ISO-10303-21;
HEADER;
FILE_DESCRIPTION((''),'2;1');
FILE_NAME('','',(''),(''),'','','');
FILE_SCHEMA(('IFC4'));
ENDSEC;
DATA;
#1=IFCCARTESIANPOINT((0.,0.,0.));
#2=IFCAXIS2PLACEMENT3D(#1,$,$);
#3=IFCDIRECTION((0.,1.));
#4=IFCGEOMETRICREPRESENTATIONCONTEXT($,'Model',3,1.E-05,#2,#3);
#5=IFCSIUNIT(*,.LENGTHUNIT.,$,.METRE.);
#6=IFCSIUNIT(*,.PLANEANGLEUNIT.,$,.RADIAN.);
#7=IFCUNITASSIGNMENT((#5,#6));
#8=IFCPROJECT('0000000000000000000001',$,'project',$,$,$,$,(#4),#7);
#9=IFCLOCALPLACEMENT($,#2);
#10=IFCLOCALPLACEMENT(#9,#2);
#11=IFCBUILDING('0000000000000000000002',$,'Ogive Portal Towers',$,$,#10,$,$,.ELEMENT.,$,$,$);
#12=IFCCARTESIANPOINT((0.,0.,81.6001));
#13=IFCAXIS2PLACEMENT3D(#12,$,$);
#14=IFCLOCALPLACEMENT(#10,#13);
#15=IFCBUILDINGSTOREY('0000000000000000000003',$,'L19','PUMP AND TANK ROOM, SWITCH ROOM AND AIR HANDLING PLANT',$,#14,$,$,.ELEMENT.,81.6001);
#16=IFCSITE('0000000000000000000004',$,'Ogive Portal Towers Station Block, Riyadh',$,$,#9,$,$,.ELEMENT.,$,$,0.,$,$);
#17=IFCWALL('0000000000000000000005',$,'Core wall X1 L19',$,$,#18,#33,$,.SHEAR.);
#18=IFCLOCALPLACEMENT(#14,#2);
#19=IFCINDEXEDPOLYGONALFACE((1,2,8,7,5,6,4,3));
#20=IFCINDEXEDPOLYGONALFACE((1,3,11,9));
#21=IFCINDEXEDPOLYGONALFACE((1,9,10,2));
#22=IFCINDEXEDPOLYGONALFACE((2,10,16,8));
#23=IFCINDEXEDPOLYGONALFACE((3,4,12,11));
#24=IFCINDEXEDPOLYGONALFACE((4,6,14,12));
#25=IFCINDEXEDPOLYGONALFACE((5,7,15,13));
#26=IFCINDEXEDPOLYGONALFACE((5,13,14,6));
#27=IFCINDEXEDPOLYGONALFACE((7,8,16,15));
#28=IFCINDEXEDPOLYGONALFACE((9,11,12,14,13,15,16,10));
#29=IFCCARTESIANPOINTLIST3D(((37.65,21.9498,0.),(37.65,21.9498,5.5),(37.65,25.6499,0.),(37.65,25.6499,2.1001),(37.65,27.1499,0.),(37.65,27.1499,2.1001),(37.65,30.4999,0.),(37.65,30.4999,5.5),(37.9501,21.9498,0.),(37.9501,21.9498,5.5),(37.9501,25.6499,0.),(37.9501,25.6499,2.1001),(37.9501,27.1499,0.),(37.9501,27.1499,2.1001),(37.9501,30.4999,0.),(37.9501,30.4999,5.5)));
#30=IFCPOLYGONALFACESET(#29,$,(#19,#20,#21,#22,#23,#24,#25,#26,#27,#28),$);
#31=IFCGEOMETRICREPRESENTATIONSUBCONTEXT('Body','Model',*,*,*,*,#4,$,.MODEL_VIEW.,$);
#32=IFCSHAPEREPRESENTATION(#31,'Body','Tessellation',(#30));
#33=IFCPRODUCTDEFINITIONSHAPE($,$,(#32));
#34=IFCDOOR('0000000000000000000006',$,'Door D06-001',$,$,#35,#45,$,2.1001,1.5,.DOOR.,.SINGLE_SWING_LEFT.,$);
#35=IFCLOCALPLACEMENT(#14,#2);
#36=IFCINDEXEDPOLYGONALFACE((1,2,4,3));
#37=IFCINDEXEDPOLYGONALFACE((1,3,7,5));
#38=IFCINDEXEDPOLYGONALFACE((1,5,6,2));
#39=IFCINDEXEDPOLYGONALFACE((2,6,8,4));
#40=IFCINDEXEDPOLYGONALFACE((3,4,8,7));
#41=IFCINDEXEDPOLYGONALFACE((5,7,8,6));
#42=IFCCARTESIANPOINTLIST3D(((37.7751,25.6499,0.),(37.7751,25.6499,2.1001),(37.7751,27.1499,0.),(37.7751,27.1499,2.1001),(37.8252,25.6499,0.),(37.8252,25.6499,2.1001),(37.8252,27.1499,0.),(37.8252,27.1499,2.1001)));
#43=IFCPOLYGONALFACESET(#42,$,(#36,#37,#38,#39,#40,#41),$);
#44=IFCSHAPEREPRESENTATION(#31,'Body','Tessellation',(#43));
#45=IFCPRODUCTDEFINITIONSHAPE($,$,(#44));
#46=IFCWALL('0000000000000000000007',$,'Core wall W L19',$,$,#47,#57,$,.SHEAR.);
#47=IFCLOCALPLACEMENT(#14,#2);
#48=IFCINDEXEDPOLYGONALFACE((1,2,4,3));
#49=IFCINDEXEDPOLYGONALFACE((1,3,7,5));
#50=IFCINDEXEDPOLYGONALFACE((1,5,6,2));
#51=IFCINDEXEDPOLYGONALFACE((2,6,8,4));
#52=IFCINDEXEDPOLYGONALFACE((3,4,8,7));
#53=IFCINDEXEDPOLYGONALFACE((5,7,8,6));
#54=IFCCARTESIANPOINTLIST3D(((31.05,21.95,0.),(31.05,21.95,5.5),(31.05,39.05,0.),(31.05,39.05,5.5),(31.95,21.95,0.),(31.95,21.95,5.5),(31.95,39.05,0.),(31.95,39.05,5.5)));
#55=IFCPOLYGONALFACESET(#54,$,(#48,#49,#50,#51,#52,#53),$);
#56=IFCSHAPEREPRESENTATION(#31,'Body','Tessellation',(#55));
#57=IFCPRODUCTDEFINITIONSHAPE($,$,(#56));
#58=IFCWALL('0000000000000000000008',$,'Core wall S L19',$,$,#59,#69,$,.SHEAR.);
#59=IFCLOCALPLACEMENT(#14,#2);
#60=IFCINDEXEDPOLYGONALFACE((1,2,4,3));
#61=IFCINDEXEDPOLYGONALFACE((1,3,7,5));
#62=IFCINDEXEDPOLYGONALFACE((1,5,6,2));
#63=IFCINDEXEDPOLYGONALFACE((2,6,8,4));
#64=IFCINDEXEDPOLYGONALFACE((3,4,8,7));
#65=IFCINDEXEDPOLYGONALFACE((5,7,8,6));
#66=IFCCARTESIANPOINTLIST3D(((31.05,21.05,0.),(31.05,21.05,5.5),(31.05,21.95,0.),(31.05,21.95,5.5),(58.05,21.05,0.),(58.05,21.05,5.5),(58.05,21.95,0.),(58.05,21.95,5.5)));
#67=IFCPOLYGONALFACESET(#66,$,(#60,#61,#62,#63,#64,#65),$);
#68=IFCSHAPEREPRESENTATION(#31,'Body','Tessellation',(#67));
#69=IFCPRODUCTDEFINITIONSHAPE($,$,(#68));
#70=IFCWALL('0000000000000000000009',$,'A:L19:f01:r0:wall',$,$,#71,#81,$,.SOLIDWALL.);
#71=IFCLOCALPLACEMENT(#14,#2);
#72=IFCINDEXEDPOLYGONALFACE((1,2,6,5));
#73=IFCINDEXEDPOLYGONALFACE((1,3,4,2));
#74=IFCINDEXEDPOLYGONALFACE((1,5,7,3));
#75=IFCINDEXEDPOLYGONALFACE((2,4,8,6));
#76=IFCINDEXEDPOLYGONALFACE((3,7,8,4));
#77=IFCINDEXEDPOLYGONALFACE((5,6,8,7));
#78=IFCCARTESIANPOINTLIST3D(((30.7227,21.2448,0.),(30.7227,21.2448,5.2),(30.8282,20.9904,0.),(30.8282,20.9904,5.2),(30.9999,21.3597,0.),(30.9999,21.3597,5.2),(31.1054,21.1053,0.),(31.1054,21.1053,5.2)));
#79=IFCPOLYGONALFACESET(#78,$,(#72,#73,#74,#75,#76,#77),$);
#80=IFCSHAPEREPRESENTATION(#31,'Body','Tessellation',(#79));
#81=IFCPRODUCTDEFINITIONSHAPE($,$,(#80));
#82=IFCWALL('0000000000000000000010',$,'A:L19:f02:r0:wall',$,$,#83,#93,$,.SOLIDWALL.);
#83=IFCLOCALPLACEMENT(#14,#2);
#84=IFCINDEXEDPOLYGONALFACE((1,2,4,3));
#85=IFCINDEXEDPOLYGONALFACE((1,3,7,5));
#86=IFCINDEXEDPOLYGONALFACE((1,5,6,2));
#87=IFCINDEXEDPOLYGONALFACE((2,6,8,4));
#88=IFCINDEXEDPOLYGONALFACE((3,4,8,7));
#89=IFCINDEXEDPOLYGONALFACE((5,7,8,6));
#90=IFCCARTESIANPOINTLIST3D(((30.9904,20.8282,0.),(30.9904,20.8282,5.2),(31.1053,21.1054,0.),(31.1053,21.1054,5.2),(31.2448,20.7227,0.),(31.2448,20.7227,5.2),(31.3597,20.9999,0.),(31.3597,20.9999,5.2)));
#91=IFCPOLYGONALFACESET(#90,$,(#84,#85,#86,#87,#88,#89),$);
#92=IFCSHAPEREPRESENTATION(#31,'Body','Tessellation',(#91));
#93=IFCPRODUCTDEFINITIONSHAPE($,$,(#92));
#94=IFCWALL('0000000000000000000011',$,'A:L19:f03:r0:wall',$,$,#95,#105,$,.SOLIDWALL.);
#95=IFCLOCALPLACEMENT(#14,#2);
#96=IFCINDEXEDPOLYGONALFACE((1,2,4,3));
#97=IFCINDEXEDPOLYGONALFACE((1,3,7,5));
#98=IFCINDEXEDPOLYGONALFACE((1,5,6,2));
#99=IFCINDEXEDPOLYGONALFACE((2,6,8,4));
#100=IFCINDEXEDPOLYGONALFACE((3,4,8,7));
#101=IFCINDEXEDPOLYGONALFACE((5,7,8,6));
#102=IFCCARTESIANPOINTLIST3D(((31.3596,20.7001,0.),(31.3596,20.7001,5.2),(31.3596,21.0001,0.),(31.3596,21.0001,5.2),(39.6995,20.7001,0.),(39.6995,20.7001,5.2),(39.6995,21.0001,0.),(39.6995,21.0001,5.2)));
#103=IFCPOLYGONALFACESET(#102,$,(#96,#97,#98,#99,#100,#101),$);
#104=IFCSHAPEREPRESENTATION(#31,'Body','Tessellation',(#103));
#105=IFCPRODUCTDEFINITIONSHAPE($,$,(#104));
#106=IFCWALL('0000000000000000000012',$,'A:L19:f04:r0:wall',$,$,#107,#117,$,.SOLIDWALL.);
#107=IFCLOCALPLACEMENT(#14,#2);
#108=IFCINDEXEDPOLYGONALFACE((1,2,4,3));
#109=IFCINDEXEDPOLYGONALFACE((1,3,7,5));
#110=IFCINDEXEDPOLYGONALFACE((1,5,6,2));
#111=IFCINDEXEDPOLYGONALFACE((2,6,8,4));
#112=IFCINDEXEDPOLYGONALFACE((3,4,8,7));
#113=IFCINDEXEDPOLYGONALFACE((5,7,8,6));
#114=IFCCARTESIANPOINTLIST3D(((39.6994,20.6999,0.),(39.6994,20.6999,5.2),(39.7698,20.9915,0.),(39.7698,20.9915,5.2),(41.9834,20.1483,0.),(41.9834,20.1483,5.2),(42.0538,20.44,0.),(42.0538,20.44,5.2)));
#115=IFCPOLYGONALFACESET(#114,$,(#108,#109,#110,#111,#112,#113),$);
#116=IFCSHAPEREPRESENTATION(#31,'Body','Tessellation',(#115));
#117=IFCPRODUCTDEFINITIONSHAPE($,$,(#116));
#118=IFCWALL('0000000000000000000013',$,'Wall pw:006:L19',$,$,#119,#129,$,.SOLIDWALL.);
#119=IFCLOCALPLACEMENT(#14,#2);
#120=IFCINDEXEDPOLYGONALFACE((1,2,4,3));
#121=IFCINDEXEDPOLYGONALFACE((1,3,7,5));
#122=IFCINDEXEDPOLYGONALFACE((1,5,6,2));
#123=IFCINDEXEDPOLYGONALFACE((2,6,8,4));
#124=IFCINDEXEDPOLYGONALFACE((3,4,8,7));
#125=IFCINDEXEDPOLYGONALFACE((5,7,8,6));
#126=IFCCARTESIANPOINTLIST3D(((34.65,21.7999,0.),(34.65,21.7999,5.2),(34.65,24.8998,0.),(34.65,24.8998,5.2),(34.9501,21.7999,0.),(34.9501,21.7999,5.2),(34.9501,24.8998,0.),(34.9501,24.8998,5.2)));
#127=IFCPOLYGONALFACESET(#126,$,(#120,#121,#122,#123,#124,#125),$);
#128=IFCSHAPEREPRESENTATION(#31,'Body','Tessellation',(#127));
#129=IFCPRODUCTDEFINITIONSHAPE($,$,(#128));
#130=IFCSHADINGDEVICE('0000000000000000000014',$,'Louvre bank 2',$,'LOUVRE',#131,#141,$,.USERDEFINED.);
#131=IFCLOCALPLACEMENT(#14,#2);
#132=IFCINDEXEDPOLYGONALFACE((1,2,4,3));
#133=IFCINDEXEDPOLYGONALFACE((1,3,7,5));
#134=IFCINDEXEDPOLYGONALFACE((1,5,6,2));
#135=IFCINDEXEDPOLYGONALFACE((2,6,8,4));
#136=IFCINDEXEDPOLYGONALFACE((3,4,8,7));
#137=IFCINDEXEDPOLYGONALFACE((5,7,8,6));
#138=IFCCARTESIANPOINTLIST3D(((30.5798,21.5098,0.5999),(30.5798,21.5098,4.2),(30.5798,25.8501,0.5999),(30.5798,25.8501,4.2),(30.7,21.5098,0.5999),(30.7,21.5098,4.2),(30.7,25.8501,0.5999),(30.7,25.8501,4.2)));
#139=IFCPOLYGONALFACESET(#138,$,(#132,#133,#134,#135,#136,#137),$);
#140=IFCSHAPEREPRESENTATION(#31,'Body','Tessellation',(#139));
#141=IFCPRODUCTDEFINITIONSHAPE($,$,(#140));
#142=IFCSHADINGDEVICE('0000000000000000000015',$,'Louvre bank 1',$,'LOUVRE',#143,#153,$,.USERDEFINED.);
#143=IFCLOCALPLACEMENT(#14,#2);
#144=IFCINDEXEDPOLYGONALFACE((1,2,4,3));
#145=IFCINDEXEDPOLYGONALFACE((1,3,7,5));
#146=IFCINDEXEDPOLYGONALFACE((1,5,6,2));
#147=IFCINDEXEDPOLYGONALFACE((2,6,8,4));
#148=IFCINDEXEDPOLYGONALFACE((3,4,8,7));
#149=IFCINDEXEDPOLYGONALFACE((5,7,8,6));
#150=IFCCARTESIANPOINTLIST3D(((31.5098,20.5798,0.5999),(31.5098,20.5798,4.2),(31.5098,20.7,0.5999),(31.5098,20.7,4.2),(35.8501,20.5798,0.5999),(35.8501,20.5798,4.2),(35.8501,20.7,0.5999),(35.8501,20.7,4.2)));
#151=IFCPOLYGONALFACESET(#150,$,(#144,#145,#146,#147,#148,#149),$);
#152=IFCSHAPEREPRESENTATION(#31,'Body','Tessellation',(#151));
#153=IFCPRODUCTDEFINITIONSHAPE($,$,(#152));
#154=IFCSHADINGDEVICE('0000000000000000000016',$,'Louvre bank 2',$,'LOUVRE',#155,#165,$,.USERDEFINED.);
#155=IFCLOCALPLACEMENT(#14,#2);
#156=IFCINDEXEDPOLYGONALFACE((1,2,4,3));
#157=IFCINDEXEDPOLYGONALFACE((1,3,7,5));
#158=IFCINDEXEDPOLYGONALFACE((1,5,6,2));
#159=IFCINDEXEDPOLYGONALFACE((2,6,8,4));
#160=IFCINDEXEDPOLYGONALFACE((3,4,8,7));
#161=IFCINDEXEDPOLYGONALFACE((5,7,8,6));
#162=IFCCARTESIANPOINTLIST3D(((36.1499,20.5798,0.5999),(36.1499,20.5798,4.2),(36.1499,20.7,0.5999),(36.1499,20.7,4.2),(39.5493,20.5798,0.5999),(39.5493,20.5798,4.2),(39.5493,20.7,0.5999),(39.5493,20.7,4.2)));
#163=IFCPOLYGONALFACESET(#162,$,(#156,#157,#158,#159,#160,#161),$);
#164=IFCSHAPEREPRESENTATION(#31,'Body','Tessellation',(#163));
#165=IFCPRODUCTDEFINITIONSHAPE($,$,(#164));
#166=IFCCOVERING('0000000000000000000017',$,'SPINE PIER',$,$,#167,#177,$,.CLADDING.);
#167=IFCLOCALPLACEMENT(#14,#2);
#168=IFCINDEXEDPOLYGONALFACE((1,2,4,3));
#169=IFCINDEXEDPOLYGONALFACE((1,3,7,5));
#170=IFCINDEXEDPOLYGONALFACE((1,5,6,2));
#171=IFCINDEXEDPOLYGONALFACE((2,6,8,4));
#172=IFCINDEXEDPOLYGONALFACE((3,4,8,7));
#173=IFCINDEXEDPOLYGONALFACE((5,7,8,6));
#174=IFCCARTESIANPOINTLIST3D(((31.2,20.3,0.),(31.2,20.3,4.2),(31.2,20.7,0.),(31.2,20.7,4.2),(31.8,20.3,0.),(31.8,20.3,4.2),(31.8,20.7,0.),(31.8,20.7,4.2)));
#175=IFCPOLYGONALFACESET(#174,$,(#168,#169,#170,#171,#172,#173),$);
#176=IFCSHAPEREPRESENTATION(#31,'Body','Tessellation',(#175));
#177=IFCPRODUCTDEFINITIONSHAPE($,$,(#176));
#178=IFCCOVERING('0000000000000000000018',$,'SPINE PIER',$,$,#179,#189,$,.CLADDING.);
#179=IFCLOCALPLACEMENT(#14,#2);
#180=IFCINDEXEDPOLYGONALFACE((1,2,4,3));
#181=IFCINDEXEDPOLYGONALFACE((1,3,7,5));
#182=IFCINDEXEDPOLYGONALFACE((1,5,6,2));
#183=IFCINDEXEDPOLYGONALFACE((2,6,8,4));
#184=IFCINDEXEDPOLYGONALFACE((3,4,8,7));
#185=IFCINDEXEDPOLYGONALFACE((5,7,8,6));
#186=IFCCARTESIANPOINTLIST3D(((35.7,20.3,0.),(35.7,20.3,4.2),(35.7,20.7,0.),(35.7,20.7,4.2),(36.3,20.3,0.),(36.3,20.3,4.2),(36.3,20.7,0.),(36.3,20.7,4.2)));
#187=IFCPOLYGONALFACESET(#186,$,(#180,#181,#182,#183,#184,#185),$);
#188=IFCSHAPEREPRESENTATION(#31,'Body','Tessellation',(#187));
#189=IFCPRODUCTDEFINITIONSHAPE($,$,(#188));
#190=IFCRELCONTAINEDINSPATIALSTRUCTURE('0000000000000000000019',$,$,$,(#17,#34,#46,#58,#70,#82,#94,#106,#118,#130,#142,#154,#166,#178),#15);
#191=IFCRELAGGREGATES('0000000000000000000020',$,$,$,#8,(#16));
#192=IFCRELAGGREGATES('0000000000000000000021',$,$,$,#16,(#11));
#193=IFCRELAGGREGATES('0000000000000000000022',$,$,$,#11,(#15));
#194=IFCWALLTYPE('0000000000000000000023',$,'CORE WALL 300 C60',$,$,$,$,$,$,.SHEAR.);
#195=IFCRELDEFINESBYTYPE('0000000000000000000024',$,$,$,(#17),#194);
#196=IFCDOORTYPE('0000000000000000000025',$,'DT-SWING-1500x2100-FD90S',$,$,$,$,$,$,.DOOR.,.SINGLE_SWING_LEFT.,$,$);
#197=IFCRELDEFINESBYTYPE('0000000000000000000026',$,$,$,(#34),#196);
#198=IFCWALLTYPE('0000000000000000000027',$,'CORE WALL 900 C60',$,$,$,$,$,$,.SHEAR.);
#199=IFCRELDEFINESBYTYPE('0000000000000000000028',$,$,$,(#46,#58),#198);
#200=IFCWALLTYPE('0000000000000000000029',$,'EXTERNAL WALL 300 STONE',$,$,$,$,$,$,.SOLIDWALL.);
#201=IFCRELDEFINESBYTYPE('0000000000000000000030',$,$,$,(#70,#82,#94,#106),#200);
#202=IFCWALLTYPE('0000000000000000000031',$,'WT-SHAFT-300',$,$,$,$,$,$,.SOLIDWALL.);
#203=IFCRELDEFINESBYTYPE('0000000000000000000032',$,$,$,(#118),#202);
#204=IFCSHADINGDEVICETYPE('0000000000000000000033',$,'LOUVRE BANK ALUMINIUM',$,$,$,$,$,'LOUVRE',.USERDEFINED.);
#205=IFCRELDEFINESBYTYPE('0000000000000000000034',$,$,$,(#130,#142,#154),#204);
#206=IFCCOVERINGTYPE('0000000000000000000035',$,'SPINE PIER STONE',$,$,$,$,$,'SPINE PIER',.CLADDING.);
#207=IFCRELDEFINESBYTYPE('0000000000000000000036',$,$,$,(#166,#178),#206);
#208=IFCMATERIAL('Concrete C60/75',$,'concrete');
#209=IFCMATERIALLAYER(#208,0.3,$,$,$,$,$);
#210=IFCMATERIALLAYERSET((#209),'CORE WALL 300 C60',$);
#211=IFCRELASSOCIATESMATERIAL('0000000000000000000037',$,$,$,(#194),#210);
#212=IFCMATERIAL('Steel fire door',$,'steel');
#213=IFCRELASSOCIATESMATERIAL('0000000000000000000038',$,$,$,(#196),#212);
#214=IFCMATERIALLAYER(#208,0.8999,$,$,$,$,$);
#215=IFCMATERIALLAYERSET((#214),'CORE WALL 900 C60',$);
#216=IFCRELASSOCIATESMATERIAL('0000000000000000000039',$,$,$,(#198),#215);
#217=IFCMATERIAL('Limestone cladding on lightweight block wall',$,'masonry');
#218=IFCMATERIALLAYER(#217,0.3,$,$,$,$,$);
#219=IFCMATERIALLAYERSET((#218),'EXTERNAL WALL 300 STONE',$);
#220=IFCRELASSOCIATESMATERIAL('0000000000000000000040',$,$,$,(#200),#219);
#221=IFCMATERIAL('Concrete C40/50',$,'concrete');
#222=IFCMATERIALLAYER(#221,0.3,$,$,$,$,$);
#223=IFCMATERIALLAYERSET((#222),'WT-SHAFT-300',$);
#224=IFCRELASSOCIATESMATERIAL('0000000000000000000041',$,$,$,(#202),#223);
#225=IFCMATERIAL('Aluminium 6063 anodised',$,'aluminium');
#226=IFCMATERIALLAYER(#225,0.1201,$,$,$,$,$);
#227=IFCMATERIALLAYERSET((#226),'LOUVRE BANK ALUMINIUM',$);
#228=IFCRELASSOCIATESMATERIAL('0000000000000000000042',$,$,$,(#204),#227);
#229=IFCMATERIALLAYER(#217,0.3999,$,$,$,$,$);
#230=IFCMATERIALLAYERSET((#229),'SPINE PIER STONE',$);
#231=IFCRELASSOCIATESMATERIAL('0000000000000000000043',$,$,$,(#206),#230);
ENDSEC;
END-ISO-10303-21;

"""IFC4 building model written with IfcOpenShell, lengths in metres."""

from ifc_helpers import new_model, si_unit, direction, frame, frame_2d, origin, origin_2d, place, context, subcontext, project, spatial, rectangle, extrude, material, layer, layer_set, type_object, element, fill, save


model = new_model("IFC4")

# Units and contexts
model_context = context("Model", 3, precision=1e-05, world=origin(), true_north=direction((0.0, 1.0)))
body_context = subcontext(model_context, "Body", "Model", "MODEL_VIEW")
ifc_project = project(units=[si_unit("LENGTHUNIT", "METRE"), si_unit("PLANEANGLEUNIT", "RADIAN")], contexts=[model_context])

# Site, building, storey
site_placement = place(None, origin())
site = spatial("IfcSite", under=ifc_project, at=site_placement, Name="Ogive Portal Towers Station Block, Riyadh", CompositionType="ELEMENT", RefElevation=0.0)
building_placement = place(site_placement, origin())
building = spatial("IfcBuilding", under=site, at=building_placement, Name="Ogive Portal Towers", CompositionType="ELEMENT")
storey_placement = place(building_placement, frame((0.0, 0.0, 81.6001)))
storey = spatial("IfcBuildingStorey", under=building, at=storey_placement, Name="L19", Description="PUMP AND TANK ROOM, SWITCH ROOM AND AIR HANDLING PLANT", CompositionType="ELEMENT", Elevation=81.6001)

# Wall, opening, door
ifc_material_1 = material(Name="Concrete C60/75", Category="concrete")
ifc_layer_1 = layer(ifc_material_1, 0.3)
ifc_layer_set_1 = layer_set([ifc_layer_1], Name="CORE WALL 300 C60")
wall_type_1 = type_object("IfcWallType", Name="CORE WALL 300 C60", PredefinedType="SHEAR", material=ifc_layer_set_1)
wall_1_placement = place(storey_placement, frame((37.8, 21.95, 0.0), z_axis=(0.0, 0.0, 1.0), x_axis=(0.0, 1.0, 0.0)))
wall_1 = element("IfcWall", 1, at=wall_1_placement, inside=storey, type_object=wall_type_1, Name="Core wall X1 L19", PredefinedType="SHEAR", context=body_context, shape_type="SweptSolid", body=[
    extrude(rectangle(XDim=8.55, YDim=0.3, at=frame_2d((4.2749, 0.0))), origin(), (0.0, 0.0, 1.0), 5.5),
])
opening_1_placement = place(wall_1_placement, frame((3.7, 0.0, 0.0)))
opening_1 = element("IfcOpeningElement", 2, at=opening_1_placement, cuts=wall_1, PredefinedType="OPENING", context=body_context, shape_type="SweptSolid", body=[
    extrude(rectangle(XDim=1.5, YDim=2.1001, at=frame_2d((0.75, 1.05))), frame((0.0, 0.1602, 0.0), z_axis=(0.0, -1.0, 0.0), x_axis=(1.0, 0.0, 0.0)), (0.0, 0.0, 1.0), 0.3201),
])
ifc_material_2 = material(Name="Steel fire door", Category="steel")
door_type_1 = type_object("IfcDoorType", Name="DT-SWING-1500x2100-FD90S", OperationType="SINGLE_SWING_LEFT", PredefinedType="DOOR", material=ifc_material_2)
door_1_placement = place(opening_1_placement, origin())
door_1 = element("IfcDoor", 3, at=door_1_placement, inside=storey, type_object=door_type_1, Name="Door D06-001", OperationType="SINGLE_SWING_LEFT", OverallHeight=2.1001, OverallWidth=1.5, PredefinedType="DOOR", context=body_context, shape_type="SweptSolid", body=[
    extrude(rectangle(XDim=1.5, YDim=2.1001, at=frame_2d((0.75, 1.05))), frame((0.0, 0.0249, 0.0), z_axis=(0.0, -1.0, 0.0), x_axis=(1.0, 0.0, 0.0)), (0.0, 0.0, 1.0), 0.05),
])
fill(opening_1, door_1)

# Walls
ifc_layer_2 = layer(ifc_material_1, 0.8999)
ifc_layer_set_2 = layer_set([ifc_layer_2], Name="CORE WALL 900 C60")
wall_type_2 = type_object("IfcWallType", Name="CORE WALL 900 C60", PredefinedType="SHEAR", material=ifc_layer_set_2)
wall_2_placement = place(storey_placement, frame((31.5, 21.95, 0.0), z_axis=(0.0, 0.0, 1.0), x_axis=(0.0, 1.0, 0.0)))
element("IfcWall", 4, at=wall_2_placement, inside=storey, type_object=wall_type_2, Name="Core wall W L19", PredefinedType="SHEAR", context=body_context, shape_type="SweptSolid", body=[
    extrude(rectangle(XDim=17.1001, YDim=0.8999, at=frame_2d((8.55, 0.0))), origin(), (0.0, 0.0, 1.0), 5.5),
])
wall_3_placement = place(storey_placement, frame((31.05, 21.5, 0.0), z_axis=(0.0, 0.0, 1.0), x_axis=(1.0, 0.0, 0.0)))
element("IfcWall", 5, at=wall_3_placement, inside=storey, type_object=wall_type_2, Name="Core wall S L19", PredefinedType="SHEAR", context=body_context, shape_type="SweptSolid", body=[
    extrude(rectangle(XDim=27.0, YDim=0.8999, at=frame_2d((13.5, 0.0))), origin(), (0.0, 0.0, 1.0), 5.5),
])
ifc_material_3 = material(Name="Limestone cladding on lightweight block wall", Category="masonry")
ifc_layer_3 = layer(ifc_material_3, 0.3)
ifc_layer_set_3 = layer_set([ifc_layer_3], Name="EXTERNAL WALL 300 STONE")
wall_type_3 = type_object("IfcWallType", Name="EXTERNAL WALL 300 STONE", PredefinedType="SOLIDWALL", material=ifc_layer_set_3)
for number, where, z_axis, x_axis, name in (
    (6, (30.8613, 21.3022, 0.0), (0.0, 0.0, 1.0), (0.382978, -0.923757, 0.0), "A:L19:f01:r0:wall"),
    (7, (31.0479, 20.9668, 0.0), (0.0, 0.0, 1.0), (0.923757, -0.382978, 0.0), "A:L19:f02:r0:wall"),
):
    element("IfcWall", number, at=place(storey_placement, frame(where, z_axis=z_axis, x_axis=x_axis)), inside=storey, type_object=wall_type_3, Name=name, PredefinedType="SOLIDWALL", context=body_context, shape_type="SweptSolid", body=[
        extrude(rectangle(XDim=0.2754, YDim=0.3, at=frame_2d((0.1377, 0.0))), origin(), (0.0, 0.0, 1.0), 5.2),
    ])
wall_4_placement = place(storey_placement, frame((31.3596, 20.8501, 0.0), z_axis=(0.0, 0.0, 1.0), x_axis=(1.0, 0.0, 0.0)))
element("IfcWall", 8, at=wall_4_placement, inside=storey, type_object=wall_type_3, Name="A:L19:f03:r0:wall", PredefinedType="SOLIDWALL", context=body_context, shape_type="SweptSolid", body=[
    extrude(rectangle(XDim=8.3398, YDim=0.3, at=frame_2d((4.1699, 0.0))), origin(), (0.0, 0.0, 1.0), 5.2),
])
wall_5_placement = place(storey_placement, frame((39.7346, 20.8457, 0.0), z_axis=(0.0, 0.0, 1.0), x_axis=(0.972061, -0.234729, 0.0)))
element("IfcWall", 9, at=wall_5_placement, inside=storey, type_object=wall_type_3, Name="A:L19:f04:r0:wall", PredefinedType="SOLIDWALL", context=body_context, shape_type="SweptSolid", body=[
    extrude(rectangle(XDim=2.3496, YDim=0.3, at=frame_2d((1.1748, 0.0))), origin(), (0.0, 0.0, 1.0), 5.2),
])

# Shared definitions
ifc_material_4 = material(Name="Concrete C40/50", Category="concrete")
ifc_layer_4 = layer(ifc_material_4, 0.3)
ifc_layer_set_4 = layer_set([ifc_layer_4], Name="WT-SHAFT-300")
wall_type_4 = type_object("IfcWallType", Name="WT-SHAFT-300", PredefinedType="SOLIDWALL", material=ifc_layer_set_4)

# Wall
wall_6_placement = place(storey_placement, frame((34.8, 21.8, 0.0), z_axis=(0.0, 0.0, 1.0), x_axis=(0.0, 1.0, 0.0)))
element("IfcWall", 10, at=wall_6_placement, inside=storey, type_object=wall_type_4, Name="Wall pw:006:L19", PredefinedType="SOLIDWALL", context=body_context, shape_type="SweptSolid", body=[
    extrude(rectangle(XDim=3.0999, YDim=0.3, at=frame_2d((1.5498, 0.0))), origin(), (0.0, 0.0, 1.0), 5.2),
])

# Shading devices
ifc_material_5 = material(Name="Aluminium 6063 anodised", Category="aluminium")
ifc_layer_5 = layer(ifc_material_5, 0.1201)
ifc_layer_set_5 = layer_set([ifc_layer_5], Name="LOUVRE BANK ALUMINIUM")
shading_device_type = type_object("IfcShadingDeviceType", Name="LOUVRE BANK ALUMINIUM", ElementType="LOUVRE", PredefinedType="USERDEFINED", material=ifc_layer_set_5)
for number, where, z_axis, x_axis, name in (
    (11, (30.6399, 23.6799, 0.5999), (0.0, 0.0, 1.0), (0.0, -1.0, 0.0), "Louvre bank 2"),
    (12, (33.6799, 20.6399, 0.5999), (0.0, 0.0, 1.0), (1.0, 0.0, 0.0), "Louvre bank 1"),
):
    element("IfcShadingDevice", number, at=place(storey_placement, frame(where, z_axis=z_axis, x_axis=x_axis)), inside=storey, type_object=shading_device_type, Name=name, ObjectType="LOUVRE", PredefinedType="USERDEFINED", context=body_context, shape_type="SweptSolid", body=[
        extrude(rectangle(XDim=4.3403, YDim=0.1201, at=origin_2d()), origin(), (0.0, 0.0, 1.0), 3.6001),
    ])
shading_device_placement = place(storey_placement, frame((37.8496, 20.6399, 0.5999), z_axis=(0.0, 0.0, 1.0), x_axis=(1.0, 0.0, 0.0)))
element("IfcShadingDevice", 13, at=shading_device_placement, inside=storey, type_object=shading_device_type, Name="Louvre bank 2", ObjectType="LOUVRE", PredefinedType="USERDEFINED", context=body_context, shape_type="SweptSolid", body=[
    extrude(rectangle(XDim=3.3994, YDim=0.1201, at=origin_2d()), origin(), (0.0, 0.0, 1.0), 3.6001),
])

# Coverings
ifc_layer_6 = layer(ifc_material_3, 0.3999)
ifc_layer_set_6 = layer_set([ifc_layer_6], Name="SPINE PIER STONE")
covering_type = type_object("IfcCoveringType", Name="SPINE PIER STONE", ElementType="SPINE PIER", PredefinedType="CLADDING", material=ifc_layer_set_6)
for number, where, z_axis, x_axis, name in (
    (14, (31.5, 20.5, 0.0), (0.0, 0.0, 1.0), (1.0, 0.0, 0.0), "SPINE PIER"),
    (15, (36.0, 20.5, 0.0), (0.0, 0.0, 1.0), (1.0, 0.0, 0.0), "SPINE PIER"),
):
    element("IfcCovering", number, at=place(storey_placement, frame(where, z_axis=z_axis, x_axis=x_axis)), inside=storey, type_object=covering_type, Name=name, PredefinedType="CLADDING", context=body_context, shape_type="SweptSolid", body=[
        extrude(rectangle(XDim=0.6001, YDim=0.3999, at=origin_2d()), origin(), (0.0, 0.0, 1.0), 4.2),
    ])

save(model, "model.ifc")
